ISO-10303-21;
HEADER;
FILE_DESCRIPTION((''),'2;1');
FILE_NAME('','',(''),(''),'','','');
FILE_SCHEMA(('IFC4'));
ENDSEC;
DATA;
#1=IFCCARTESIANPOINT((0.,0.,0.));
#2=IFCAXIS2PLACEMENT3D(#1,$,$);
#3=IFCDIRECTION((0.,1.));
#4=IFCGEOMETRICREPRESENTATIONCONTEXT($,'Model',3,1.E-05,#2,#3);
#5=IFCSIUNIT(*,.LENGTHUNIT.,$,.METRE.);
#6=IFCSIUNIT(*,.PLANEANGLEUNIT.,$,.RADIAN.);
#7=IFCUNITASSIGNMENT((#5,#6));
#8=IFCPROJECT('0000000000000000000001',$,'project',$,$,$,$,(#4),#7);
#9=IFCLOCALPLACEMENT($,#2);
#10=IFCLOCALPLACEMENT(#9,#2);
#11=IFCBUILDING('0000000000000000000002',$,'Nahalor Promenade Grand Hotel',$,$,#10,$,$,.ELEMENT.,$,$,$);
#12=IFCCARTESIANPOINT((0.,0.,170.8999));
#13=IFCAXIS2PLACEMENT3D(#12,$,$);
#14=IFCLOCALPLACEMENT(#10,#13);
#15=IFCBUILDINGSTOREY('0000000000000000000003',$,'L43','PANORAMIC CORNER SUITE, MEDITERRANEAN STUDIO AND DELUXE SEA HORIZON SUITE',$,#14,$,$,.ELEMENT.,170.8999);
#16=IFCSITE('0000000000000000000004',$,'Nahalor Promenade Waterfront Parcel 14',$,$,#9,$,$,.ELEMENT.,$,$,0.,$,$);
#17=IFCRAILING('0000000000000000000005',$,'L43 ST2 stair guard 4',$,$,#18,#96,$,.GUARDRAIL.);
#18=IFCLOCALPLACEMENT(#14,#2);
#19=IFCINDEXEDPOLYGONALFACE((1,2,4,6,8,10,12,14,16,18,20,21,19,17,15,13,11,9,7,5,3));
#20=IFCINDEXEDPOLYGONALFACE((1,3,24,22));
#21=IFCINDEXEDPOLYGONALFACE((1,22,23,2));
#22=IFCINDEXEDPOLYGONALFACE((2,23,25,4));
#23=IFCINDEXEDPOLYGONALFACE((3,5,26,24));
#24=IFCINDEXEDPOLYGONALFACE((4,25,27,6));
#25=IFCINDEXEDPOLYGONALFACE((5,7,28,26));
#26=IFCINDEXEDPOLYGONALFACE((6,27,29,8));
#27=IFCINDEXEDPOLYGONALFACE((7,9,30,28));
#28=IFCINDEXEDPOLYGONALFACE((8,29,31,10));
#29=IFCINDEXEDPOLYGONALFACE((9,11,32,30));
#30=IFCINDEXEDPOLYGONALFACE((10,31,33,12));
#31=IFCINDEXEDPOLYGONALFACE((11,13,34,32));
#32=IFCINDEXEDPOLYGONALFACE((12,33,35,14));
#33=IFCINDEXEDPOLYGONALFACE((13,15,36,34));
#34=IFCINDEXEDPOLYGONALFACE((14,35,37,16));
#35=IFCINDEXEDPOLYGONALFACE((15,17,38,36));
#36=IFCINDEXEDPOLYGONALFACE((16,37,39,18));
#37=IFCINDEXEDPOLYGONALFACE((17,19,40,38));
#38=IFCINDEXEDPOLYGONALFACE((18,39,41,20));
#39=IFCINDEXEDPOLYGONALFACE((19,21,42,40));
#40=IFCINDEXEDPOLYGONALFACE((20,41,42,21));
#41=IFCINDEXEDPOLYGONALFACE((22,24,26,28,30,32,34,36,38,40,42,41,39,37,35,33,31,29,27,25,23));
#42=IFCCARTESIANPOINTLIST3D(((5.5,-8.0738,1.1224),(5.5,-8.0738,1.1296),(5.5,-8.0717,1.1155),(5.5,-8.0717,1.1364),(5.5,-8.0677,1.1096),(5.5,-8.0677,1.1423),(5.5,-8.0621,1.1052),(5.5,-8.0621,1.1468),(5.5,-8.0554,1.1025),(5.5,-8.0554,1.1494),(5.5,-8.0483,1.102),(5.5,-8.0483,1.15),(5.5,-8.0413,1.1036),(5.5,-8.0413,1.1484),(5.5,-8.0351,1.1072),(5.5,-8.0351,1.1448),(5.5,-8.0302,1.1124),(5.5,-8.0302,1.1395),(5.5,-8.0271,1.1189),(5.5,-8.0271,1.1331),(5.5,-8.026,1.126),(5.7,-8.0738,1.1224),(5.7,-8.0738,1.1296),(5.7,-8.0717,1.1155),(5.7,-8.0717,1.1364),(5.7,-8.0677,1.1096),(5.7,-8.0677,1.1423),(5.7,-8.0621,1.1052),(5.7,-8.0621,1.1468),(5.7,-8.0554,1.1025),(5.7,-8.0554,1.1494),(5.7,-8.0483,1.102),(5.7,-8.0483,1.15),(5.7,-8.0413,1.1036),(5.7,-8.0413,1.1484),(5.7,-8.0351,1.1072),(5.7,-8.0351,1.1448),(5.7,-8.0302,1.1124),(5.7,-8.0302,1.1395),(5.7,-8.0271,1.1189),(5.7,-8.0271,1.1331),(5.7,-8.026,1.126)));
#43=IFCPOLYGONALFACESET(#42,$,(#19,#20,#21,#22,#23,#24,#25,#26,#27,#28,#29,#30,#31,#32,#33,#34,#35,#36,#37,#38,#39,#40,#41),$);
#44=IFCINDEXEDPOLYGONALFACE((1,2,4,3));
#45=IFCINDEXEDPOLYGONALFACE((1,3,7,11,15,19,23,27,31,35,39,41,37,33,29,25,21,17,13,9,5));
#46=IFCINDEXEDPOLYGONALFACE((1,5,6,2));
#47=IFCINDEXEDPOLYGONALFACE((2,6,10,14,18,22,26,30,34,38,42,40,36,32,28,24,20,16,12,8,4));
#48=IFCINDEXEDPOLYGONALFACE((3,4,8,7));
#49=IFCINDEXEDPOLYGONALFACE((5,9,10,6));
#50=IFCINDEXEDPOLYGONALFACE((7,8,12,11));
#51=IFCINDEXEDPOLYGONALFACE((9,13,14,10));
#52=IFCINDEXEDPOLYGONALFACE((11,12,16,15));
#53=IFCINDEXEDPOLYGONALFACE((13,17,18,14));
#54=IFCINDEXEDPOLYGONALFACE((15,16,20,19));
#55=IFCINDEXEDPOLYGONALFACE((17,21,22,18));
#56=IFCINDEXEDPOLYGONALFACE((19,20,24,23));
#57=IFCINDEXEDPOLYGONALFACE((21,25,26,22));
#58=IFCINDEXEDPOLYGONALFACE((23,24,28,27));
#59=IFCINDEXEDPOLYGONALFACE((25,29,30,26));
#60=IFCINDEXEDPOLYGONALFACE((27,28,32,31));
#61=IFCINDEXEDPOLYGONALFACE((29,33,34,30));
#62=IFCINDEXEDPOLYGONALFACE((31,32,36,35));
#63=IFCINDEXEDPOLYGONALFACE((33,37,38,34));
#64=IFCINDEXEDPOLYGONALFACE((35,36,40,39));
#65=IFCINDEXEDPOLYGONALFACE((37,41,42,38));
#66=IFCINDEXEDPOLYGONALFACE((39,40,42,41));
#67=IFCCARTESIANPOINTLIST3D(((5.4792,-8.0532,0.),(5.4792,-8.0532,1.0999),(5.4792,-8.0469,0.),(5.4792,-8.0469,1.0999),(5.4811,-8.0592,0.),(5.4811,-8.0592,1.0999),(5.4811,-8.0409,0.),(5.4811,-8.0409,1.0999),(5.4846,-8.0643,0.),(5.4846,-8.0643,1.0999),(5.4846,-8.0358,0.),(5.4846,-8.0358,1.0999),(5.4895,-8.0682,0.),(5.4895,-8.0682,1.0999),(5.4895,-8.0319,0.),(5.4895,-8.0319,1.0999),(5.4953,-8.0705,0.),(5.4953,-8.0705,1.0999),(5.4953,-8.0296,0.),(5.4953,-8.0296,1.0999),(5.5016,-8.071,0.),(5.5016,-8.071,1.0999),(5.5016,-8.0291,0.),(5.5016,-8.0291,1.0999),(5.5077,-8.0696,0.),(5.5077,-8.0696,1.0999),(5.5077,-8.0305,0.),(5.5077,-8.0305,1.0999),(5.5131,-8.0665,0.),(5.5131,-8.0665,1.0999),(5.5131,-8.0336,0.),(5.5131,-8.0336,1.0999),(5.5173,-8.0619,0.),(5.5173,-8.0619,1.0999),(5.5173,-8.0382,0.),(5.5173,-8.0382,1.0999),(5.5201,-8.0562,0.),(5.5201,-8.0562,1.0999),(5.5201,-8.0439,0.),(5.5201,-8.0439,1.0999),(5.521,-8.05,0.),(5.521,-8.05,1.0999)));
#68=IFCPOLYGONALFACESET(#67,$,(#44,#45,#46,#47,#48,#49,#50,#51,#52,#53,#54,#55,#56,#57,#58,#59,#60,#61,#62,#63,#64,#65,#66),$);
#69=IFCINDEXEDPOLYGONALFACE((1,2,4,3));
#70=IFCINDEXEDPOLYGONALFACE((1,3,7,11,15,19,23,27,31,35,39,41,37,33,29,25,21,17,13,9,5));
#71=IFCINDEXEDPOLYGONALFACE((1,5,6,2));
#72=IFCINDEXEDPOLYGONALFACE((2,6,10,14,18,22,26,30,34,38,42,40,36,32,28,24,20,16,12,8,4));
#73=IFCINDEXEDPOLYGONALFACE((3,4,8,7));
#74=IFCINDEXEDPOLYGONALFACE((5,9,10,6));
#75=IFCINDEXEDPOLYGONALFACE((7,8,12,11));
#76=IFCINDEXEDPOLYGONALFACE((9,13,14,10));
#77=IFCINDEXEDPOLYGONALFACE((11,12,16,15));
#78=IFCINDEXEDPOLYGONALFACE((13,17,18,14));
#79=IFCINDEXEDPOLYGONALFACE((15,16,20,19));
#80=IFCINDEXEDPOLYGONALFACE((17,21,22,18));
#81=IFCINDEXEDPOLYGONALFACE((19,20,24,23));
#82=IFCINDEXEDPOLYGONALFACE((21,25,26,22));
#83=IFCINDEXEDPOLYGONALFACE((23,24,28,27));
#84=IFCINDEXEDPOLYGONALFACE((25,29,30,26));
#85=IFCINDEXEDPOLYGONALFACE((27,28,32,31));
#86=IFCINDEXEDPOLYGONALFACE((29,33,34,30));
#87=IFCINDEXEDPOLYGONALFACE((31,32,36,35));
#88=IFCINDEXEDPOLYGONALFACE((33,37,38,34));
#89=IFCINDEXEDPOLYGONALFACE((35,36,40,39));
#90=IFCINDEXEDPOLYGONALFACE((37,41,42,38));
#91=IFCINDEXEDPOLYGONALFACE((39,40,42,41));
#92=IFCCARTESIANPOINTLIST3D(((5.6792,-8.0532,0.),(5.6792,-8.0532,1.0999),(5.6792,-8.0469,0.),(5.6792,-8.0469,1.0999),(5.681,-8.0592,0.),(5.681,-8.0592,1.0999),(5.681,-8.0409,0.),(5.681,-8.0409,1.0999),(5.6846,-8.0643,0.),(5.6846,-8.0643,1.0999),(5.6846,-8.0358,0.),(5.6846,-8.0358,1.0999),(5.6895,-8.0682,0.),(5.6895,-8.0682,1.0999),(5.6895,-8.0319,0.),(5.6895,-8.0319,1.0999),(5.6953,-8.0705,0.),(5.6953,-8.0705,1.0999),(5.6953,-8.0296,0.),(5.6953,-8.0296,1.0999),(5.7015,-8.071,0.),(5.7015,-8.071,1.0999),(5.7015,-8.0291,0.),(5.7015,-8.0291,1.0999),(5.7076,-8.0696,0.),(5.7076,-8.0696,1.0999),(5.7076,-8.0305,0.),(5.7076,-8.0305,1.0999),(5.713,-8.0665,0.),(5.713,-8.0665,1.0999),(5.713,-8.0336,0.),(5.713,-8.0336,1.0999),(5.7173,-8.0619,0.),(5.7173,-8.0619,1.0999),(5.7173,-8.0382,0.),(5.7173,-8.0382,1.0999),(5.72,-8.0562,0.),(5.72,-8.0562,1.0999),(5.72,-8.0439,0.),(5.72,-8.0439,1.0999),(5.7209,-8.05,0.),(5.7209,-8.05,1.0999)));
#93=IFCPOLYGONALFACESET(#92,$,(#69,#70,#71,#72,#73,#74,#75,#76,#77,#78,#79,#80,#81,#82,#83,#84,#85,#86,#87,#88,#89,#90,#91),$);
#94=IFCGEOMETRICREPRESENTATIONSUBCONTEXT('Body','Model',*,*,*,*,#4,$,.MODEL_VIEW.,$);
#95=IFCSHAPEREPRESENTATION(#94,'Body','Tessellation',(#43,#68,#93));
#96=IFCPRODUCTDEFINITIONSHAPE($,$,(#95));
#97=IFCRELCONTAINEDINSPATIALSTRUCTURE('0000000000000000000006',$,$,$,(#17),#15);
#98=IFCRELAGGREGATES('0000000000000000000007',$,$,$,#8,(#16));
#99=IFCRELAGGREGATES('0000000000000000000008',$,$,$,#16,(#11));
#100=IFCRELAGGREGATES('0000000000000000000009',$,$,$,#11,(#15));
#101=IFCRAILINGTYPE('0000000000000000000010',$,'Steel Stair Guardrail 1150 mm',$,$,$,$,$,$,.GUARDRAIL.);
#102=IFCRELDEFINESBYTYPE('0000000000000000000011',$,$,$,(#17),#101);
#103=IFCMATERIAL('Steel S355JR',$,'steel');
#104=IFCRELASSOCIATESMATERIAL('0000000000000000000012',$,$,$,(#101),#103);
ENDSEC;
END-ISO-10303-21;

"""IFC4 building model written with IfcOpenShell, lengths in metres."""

from ifc_helpers import new_model, si_unit, direction, frame, origin, origin_2d, place, context, subcontext, project, spatial, circle, extrude, material, type_object, element, save


model = new_model("IFC4")

# Units and contexts
model_context = context("Model", 3, precision=1e-05, world=origin(), true_north=direction((0.0, 1.0)))
body_context = subcontext(model_context, "Body", "Model", "MODEL_VIEW")
ifc_project = project(units=[si_unit("LENGTHUNIT", "METRE"), si_unit("PLANEANGLEUNIT", "RADIAN")], contexts=[model_context])

# Site, building, storey
site_placement = place(None, origin())
site = spatial("IfcSite", under=ifc_project, at=site_placement, Name="Nahalor Promenade Waterfront Parcel 14", CompositionType="ELEMENT", RefElevation=0.0)
building_placement = place(site_placement, origin())
building = spatial("IfcBuilding", under=site, at=building_placement, Name="Nahalor Promenade Grand Hotel", CompositionType="ELEMENT")
storey_placement = place(building_placement, frame((0.0, 0.0, 170.8999)))
storey = spatial("IfcBuildingStorey", under=building, at=storey_placement, Name="L43", Description="PANORAMIC CORNER SUITE, MEDITERRANEAN STUDIO AND DELUXE SEA HORIZON SUITE", CompositionType="ELEMENT", Elevation=170.8999)

# Shared definitions
ifc_material_1 = material(Name="Steel S355JR", Category="steel")

# Railing
railing_type_1 = type_object("IfcRailingType", Name="Steel Stair Guardrail 1150 mm", PredefinedType="GUARDRAIL", material=ifc_material_1)
railing_1_placement = place(storey_placement, frame((5.5, -8.05, 0.0)))
element("IfcRailing", 1, at=railing_1_placement, inside=storey, type_object=railing_type_1, Name="L43 ST2 stair guard 4", PredefinedType="GUARDRAIL", context=body_context, shape_type="SweptSolid", body=[
    extrude(circle(Radius=0.024, at=origin_2d()), frame((0.0, 0.0, 1.126), z_axis=(1.0, 0.0, 0.0), x_axis=(0.0, 1.0, 0.0)), (0.0, 0.0, 1.0), 0.2),
    extrude(circle(Radius=0.021, at=origin_2d()), origin(), (0.0, 0.0, 1.0), 1.0999),
    extrude(circle(Radius=0.021, at=origin_2d()), frame((0.2, 0.0, 0.0)), (0.0, 0.0, 1.0), 1.0999),
])

save(model, "model.ifc")
